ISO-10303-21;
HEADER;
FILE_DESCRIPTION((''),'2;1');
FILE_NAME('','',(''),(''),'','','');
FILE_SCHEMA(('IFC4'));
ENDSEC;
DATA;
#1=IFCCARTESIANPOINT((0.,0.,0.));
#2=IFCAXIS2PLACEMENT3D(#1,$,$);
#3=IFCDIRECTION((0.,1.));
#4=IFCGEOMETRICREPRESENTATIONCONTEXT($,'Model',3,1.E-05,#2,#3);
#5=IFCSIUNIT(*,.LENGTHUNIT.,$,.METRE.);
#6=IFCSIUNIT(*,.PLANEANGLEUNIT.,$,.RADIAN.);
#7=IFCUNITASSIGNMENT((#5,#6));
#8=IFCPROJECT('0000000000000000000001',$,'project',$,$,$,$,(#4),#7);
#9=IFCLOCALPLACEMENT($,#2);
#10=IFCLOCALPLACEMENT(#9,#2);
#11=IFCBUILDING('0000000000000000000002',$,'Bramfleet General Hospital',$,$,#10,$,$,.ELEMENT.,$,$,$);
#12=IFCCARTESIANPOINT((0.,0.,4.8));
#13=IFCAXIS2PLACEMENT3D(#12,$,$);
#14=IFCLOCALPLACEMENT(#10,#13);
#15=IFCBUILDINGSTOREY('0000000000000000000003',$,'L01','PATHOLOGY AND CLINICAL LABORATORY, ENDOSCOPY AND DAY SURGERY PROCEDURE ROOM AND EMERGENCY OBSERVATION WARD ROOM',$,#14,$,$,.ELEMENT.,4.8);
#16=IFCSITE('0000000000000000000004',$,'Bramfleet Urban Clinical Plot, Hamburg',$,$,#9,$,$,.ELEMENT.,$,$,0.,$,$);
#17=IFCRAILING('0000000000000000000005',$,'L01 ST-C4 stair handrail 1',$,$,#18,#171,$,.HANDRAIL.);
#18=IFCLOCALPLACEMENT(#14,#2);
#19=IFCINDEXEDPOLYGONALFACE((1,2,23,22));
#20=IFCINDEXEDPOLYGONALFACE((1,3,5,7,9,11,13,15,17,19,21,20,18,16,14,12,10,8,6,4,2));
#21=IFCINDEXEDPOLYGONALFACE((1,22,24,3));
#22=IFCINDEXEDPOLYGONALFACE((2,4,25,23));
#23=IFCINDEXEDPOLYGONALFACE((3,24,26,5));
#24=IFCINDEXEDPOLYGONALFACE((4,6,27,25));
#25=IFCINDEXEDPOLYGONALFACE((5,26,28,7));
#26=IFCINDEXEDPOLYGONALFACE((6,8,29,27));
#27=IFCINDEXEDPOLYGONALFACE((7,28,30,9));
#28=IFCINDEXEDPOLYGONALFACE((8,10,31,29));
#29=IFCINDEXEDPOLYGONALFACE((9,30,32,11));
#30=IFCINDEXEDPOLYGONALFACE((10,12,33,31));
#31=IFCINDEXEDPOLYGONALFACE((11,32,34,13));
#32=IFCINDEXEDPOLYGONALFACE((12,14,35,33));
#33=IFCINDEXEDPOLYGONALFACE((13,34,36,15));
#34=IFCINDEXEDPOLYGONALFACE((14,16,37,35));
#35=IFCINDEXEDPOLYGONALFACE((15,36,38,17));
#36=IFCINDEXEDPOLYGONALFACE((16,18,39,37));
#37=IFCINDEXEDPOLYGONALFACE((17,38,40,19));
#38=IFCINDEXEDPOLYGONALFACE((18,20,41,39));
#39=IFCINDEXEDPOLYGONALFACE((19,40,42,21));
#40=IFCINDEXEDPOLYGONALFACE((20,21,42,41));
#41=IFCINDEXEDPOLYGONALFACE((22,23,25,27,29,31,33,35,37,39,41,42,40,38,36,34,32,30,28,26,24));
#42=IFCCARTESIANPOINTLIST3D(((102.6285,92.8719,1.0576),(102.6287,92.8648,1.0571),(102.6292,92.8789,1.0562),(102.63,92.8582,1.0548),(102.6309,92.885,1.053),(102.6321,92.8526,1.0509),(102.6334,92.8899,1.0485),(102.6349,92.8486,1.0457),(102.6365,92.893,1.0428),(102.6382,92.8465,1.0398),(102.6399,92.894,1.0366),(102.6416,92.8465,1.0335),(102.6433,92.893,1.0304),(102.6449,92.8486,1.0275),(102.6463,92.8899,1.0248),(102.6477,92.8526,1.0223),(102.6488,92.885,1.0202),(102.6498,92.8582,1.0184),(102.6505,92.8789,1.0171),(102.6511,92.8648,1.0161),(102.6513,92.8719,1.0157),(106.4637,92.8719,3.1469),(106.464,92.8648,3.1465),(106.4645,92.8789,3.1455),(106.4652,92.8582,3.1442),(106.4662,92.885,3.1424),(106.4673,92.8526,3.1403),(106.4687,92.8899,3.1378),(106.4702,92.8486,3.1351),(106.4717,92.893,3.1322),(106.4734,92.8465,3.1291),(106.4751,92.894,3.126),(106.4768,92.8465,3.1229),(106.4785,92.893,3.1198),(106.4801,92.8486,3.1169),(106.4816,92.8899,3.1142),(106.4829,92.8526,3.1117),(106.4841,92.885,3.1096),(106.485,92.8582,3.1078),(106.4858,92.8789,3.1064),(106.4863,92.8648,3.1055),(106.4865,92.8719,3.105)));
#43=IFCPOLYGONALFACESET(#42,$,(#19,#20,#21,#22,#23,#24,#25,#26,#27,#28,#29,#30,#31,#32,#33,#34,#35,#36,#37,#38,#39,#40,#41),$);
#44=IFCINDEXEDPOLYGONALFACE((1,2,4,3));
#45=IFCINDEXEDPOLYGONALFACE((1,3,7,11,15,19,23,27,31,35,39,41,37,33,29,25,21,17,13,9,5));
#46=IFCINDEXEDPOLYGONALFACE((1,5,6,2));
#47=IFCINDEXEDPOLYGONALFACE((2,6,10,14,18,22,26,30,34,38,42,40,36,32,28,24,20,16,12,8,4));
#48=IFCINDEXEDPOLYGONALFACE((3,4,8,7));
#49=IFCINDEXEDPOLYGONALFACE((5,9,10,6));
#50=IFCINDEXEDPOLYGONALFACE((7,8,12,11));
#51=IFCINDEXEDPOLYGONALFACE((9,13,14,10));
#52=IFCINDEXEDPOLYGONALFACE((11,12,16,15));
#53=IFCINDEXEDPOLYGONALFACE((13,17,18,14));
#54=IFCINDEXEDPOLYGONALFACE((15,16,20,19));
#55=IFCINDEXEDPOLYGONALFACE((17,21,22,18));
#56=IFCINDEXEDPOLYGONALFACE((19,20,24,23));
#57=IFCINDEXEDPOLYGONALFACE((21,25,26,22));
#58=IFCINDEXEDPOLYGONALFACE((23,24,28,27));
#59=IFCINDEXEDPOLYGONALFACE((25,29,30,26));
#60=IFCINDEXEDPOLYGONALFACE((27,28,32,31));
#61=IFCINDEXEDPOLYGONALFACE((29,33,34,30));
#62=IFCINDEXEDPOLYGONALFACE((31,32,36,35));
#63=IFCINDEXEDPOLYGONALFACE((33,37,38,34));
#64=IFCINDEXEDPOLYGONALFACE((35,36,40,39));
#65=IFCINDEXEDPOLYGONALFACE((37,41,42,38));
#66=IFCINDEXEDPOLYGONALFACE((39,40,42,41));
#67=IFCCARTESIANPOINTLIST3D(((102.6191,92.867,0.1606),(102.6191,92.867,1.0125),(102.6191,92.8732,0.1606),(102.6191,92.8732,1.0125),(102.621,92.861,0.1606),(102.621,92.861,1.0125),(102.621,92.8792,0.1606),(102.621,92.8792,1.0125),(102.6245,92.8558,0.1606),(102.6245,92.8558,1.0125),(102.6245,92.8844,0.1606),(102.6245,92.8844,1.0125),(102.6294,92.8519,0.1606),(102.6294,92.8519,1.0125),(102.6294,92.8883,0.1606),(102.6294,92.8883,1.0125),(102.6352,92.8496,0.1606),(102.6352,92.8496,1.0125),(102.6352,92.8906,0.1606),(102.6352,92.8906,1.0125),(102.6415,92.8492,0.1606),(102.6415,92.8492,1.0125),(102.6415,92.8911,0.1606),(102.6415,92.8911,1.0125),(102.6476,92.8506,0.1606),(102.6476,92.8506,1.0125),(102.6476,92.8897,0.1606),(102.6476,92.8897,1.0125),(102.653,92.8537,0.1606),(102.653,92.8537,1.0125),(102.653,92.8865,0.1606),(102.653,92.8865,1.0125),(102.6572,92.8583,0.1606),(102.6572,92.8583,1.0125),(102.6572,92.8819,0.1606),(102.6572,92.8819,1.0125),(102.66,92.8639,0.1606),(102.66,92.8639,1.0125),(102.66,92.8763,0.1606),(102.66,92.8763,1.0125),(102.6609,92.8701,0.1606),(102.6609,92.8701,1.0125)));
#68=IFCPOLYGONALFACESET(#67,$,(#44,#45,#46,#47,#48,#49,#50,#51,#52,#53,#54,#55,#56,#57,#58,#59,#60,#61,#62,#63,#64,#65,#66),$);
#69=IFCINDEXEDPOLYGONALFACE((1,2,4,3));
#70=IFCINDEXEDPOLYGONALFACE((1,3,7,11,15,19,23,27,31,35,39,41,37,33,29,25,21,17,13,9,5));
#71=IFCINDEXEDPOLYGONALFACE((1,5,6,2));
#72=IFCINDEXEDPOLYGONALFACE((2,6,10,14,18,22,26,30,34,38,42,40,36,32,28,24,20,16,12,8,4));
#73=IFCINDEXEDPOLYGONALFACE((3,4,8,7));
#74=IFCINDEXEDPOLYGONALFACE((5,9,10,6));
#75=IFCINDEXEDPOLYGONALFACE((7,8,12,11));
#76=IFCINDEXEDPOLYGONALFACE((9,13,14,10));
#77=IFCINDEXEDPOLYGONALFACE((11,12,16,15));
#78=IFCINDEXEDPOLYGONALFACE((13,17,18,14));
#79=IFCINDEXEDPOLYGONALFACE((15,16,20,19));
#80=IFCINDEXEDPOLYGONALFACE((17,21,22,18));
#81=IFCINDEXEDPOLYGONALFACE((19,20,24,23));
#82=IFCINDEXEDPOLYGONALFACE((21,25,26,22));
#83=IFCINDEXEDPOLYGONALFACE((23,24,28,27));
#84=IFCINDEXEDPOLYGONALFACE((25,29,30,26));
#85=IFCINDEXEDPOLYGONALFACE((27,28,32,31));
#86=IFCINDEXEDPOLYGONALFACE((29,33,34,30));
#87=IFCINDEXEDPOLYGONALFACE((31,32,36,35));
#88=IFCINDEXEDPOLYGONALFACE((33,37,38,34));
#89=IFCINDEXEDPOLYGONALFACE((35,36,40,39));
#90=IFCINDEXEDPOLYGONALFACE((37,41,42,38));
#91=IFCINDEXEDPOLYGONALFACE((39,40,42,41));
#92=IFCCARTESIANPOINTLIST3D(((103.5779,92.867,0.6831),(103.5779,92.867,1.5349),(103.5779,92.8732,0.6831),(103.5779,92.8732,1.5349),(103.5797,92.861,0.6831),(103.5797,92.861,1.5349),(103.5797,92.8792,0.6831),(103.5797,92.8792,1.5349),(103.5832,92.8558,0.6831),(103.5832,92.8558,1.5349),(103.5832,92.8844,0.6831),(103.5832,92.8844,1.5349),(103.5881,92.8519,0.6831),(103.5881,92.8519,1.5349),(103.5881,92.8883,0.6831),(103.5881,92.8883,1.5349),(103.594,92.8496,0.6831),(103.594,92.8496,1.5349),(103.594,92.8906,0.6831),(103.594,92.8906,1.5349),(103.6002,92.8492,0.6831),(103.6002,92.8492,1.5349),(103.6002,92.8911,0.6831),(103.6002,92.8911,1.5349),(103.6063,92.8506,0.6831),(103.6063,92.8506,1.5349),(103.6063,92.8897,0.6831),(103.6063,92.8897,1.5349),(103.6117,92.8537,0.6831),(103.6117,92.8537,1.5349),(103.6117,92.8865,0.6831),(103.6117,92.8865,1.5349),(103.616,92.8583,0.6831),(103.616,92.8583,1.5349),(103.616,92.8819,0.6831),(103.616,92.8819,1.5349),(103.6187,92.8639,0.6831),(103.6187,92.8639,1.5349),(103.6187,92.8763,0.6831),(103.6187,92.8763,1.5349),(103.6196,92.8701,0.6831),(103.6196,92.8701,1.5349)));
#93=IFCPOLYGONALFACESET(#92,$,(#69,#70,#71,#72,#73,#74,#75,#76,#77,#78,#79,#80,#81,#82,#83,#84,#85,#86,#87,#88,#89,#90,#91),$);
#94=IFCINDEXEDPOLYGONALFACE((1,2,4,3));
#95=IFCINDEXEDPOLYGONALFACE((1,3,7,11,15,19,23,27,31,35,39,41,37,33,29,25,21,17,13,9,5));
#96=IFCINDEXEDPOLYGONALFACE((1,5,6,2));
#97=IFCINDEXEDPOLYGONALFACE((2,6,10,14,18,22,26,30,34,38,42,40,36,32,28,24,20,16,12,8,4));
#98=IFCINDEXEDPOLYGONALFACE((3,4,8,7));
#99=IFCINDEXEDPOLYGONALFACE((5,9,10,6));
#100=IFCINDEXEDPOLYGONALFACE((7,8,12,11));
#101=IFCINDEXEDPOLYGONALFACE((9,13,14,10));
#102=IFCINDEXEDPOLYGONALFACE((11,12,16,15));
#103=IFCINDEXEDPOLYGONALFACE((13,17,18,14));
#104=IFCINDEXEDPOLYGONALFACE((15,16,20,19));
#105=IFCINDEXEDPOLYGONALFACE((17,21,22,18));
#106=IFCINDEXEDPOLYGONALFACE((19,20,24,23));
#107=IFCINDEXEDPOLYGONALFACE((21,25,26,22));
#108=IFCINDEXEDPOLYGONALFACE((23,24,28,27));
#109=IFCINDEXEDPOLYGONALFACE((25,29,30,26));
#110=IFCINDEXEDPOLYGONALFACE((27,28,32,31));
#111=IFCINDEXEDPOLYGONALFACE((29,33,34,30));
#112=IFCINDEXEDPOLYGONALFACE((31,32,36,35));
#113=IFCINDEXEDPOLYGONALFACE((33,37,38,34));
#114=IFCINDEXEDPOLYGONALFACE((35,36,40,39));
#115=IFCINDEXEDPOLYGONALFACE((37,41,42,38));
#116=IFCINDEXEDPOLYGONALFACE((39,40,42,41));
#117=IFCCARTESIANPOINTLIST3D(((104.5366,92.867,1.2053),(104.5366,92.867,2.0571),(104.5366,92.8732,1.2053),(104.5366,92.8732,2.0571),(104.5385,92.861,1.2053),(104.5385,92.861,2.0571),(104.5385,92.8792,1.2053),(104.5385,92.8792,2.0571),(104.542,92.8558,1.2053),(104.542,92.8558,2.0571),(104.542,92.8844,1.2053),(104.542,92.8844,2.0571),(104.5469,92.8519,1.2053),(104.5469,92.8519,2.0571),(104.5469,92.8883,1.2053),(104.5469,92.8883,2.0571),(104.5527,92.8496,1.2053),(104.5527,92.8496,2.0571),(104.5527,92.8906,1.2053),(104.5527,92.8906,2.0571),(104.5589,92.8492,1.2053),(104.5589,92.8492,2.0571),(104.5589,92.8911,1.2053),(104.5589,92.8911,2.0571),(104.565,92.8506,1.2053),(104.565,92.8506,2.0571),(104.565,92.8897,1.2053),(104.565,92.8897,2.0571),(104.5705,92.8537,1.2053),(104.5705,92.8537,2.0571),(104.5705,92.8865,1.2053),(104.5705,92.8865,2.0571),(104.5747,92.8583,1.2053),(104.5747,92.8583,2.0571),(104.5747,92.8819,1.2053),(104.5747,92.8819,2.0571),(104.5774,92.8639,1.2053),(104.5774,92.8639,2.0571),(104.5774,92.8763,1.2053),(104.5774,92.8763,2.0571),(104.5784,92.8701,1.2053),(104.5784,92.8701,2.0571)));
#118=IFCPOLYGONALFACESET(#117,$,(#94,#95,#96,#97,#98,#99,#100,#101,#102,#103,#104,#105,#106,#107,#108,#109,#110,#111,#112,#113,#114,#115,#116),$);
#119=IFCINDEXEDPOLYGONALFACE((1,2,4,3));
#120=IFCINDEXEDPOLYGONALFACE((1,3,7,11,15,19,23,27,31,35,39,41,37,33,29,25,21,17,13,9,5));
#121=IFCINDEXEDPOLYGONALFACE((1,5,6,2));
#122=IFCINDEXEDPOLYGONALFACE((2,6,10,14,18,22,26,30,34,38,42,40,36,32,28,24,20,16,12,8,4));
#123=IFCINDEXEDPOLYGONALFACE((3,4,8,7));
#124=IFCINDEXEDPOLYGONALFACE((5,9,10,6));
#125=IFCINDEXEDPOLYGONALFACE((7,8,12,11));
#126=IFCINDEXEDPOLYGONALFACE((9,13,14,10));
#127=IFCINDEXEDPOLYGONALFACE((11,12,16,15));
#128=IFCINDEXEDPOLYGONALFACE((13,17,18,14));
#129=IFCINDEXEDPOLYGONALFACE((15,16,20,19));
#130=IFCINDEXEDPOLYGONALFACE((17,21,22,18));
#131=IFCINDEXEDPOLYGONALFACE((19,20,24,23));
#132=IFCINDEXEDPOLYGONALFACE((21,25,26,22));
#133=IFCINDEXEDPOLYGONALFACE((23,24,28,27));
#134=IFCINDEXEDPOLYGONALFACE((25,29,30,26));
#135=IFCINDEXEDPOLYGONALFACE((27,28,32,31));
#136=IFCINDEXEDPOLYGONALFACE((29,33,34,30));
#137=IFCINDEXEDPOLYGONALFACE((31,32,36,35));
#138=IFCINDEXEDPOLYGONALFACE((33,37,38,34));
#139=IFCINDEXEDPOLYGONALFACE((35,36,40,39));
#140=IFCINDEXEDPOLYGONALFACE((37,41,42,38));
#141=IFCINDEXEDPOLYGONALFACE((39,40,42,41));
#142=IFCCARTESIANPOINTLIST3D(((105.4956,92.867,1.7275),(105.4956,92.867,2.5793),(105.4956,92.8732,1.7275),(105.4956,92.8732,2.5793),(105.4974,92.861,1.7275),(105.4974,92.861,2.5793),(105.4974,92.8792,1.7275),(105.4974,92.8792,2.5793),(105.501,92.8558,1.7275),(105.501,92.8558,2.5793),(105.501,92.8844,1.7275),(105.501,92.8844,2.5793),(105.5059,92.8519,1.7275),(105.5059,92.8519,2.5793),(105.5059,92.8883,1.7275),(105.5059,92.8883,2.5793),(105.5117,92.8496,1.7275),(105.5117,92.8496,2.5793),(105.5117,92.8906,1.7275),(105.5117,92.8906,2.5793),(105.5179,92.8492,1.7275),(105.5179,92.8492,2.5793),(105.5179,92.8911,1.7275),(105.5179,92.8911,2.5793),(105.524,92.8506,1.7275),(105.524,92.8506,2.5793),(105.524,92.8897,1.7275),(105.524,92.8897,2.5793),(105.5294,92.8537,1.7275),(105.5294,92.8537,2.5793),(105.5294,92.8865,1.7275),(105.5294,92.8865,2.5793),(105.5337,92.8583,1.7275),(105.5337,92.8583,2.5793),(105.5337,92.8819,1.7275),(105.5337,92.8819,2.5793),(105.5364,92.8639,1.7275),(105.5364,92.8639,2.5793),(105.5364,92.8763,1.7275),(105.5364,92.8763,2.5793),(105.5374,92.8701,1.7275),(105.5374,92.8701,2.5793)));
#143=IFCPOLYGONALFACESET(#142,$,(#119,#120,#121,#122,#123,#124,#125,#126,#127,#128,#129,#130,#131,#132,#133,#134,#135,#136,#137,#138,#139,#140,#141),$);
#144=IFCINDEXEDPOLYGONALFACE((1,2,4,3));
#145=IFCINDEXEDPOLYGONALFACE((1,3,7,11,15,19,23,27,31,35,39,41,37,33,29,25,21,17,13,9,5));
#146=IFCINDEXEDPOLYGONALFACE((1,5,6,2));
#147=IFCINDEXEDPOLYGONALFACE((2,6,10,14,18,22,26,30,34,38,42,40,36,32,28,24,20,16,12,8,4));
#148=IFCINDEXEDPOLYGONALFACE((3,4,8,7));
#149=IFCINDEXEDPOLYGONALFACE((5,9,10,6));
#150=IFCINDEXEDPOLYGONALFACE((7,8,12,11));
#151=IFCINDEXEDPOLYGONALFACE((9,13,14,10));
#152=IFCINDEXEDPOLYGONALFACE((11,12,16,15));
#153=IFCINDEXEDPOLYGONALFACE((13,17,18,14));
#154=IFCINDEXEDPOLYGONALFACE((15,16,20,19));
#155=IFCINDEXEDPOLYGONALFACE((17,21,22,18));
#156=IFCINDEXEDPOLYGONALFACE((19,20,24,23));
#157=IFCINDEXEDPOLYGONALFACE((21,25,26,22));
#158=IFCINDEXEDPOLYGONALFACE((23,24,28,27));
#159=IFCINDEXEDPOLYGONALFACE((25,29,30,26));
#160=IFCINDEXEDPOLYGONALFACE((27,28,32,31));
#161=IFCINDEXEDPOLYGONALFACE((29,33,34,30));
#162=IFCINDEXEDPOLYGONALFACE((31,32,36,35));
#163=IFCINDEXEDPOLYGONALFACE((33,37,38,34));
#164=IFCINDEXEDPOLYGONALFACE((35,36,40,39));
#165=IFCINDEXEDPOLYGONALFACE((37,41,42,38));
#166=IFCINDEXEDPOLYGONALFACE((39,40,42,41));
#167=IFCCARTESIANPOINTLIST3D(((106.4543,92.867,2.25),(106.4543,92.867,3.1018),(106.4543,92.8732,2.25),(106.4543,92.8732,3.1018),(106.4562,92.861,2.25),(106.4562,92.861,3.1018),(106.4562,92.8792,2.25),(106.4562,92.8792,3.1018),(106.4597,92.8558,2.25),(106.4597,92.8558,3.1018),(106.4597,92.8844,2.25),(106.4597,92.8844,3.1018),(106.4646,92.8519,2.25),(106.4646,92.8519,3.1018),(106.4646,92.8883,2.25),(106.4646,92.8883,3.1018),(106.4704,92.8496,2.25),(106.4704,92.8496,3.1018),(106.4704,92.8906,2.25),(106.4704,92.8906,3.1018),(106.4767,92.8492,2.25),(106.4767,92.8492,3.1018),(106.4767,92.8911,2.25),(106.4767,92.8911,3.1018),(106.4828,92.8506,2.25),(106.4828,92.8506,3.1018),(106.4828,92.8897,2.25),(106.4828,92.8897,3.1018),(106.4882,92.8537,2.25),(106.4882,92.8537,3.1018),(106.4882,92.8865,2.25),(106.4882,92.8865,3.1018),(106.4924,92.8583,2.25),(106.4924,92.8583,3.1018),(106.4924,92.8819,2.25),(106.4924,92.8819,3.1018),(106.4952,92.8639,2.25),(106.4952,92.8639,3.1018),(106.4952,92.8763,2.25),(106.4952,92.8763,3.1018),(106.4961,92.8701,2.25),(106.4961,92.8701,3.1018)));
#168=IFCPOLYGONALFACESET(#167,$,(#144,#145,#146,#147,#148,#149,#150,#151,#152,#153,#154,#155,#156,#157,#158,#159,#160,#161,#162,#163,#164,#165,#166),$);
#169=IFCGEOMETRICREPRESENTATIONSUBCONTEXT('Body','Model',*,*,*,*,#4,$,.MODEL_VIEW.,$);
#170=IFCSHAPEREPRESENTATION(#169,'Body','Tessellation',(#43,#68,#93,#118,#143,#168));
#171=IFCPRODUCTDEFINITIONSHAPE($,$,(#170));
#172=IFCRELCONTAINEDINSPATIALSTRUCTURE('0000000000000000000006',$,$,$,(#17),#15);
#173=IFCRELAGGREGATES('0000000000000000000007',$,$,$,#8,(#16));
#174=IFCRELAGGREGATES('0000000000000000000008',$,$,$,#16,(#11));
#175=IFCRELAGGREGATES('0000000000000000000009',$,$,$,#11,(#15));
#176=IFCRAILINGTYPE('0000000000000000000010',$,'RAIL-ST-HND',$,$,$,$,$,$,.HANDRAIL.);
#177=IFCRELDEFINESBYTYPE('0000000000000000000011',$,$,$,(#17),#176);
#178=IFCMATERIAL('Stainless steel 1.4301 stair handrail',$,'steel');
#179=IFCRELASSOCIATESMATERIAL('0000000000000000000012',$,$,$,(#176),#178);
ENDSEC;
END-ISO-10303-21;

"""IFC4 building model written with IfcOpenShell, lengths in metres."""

from ifc_helpers import new_model, si_unit, direction, frame, origin, origin_2d, place, context, subcontext, project, spatial, circle, extrude, material, type_object, element, save


model = new_model("IFC4")

# Units and contexts
model_context = context("Model", 3, precision=1e-05, world=origin(), true_north=direction((0.0, 1.0)))
body_context = subcontext(model_context, "Body", "Model", "MODEL_VIEW")
ifc_project = project(units=[si_unit("LENGTHUNIT", "METRE"), si_unit("PLANEANGLEUNIT", "RADIAN")], contexts=[model_context])

# Site, building, storey
site_placement = place(None, origin())
site = spatial("IfcSite", under=ifc_project, at=site_placement, Name="Bramfleet Urban Clinical Plot, Hamburg", CompositionType="ELEMENT", RefElevation=0.0)
building_placement = place(site_placement, origin())
building = spatial("IfcBuilding", under=site, at=building_placement, Name="Bramfleet General Hospital", CompositionType="ELEMENT")
storey_placement = place(building_placement, frame((0.0, 0.0, 4.8)))
storey = spatial("IfcBuildingStorey", under=building, at=storey_placement, Name="L01", Description="PATHOLOGY AND CLINICAL LABORATORY, ENDOSCOPY AND DAY SURGERY PROCEDURE ROOM AND EMERGENCY OBSERVATION WARD ROOM", CompositionType="ELEMENT", Elevation=4.8)

# Railing
ifc_material_1 = material(Name="Stainless steel 1.4301 stair handrail", Category="steel")
railing_type_1 = type_object("IfcRailingType", Name="RAIL-ST-HND", PredefinedType="HANDRAIL", material=ifc_material_1)
railing_1_placement = place(storey_placement, frame((102.6399, 92.8701, 0.1606)))
element("IfcRailing", 1, at=railing_1_placement, inside=storey, type_object=railing_type_1, Name="L01 ST-C4 stair handrail 1", PredefinedType="HANDRAIL", context=body_context, shape_type="SweptSolid", body=[
    extrude(circle(Radius=0.0239, at=origin_2d()), frame((0.0, 0.0, 0.876), z_axis=(0.878143, 0.0, 0.478398), x_axis=(0.0, 1.0, 0.0)), (0.0, 0.0, 1.0), 4.3674),
    extrude(circle(Radius=0.021, at=origin_2d()), origin(), (0.0, 0.0, 1.0), 0.8518),
    extrude(circle(Radius=0.021, at=origin_2d()), frame((0.9587, 0.0, 0.5225)), (0.0, 0.0, 1.0), 0.8518),
    extrude(circle(Radius=0.021, at=origin_2d()), frame((1.9175, 0.0, 1.0447)), (0.0, 0.0, 1.0), 0.8518),
    extrude(circle(Radius=0.021, at=origin_2d()), frame((2.8765, 0.0, 1.5669)), (0.0, 0.0, 1.0), 0.8518),
    extrude(circle(Radius=0.021, at=origin_2d()), frame((3.8352, 0.0, 2.0894)), (0.0, 0.0, 1.0), 0.8518),
])

save(model, "model.ifc")
